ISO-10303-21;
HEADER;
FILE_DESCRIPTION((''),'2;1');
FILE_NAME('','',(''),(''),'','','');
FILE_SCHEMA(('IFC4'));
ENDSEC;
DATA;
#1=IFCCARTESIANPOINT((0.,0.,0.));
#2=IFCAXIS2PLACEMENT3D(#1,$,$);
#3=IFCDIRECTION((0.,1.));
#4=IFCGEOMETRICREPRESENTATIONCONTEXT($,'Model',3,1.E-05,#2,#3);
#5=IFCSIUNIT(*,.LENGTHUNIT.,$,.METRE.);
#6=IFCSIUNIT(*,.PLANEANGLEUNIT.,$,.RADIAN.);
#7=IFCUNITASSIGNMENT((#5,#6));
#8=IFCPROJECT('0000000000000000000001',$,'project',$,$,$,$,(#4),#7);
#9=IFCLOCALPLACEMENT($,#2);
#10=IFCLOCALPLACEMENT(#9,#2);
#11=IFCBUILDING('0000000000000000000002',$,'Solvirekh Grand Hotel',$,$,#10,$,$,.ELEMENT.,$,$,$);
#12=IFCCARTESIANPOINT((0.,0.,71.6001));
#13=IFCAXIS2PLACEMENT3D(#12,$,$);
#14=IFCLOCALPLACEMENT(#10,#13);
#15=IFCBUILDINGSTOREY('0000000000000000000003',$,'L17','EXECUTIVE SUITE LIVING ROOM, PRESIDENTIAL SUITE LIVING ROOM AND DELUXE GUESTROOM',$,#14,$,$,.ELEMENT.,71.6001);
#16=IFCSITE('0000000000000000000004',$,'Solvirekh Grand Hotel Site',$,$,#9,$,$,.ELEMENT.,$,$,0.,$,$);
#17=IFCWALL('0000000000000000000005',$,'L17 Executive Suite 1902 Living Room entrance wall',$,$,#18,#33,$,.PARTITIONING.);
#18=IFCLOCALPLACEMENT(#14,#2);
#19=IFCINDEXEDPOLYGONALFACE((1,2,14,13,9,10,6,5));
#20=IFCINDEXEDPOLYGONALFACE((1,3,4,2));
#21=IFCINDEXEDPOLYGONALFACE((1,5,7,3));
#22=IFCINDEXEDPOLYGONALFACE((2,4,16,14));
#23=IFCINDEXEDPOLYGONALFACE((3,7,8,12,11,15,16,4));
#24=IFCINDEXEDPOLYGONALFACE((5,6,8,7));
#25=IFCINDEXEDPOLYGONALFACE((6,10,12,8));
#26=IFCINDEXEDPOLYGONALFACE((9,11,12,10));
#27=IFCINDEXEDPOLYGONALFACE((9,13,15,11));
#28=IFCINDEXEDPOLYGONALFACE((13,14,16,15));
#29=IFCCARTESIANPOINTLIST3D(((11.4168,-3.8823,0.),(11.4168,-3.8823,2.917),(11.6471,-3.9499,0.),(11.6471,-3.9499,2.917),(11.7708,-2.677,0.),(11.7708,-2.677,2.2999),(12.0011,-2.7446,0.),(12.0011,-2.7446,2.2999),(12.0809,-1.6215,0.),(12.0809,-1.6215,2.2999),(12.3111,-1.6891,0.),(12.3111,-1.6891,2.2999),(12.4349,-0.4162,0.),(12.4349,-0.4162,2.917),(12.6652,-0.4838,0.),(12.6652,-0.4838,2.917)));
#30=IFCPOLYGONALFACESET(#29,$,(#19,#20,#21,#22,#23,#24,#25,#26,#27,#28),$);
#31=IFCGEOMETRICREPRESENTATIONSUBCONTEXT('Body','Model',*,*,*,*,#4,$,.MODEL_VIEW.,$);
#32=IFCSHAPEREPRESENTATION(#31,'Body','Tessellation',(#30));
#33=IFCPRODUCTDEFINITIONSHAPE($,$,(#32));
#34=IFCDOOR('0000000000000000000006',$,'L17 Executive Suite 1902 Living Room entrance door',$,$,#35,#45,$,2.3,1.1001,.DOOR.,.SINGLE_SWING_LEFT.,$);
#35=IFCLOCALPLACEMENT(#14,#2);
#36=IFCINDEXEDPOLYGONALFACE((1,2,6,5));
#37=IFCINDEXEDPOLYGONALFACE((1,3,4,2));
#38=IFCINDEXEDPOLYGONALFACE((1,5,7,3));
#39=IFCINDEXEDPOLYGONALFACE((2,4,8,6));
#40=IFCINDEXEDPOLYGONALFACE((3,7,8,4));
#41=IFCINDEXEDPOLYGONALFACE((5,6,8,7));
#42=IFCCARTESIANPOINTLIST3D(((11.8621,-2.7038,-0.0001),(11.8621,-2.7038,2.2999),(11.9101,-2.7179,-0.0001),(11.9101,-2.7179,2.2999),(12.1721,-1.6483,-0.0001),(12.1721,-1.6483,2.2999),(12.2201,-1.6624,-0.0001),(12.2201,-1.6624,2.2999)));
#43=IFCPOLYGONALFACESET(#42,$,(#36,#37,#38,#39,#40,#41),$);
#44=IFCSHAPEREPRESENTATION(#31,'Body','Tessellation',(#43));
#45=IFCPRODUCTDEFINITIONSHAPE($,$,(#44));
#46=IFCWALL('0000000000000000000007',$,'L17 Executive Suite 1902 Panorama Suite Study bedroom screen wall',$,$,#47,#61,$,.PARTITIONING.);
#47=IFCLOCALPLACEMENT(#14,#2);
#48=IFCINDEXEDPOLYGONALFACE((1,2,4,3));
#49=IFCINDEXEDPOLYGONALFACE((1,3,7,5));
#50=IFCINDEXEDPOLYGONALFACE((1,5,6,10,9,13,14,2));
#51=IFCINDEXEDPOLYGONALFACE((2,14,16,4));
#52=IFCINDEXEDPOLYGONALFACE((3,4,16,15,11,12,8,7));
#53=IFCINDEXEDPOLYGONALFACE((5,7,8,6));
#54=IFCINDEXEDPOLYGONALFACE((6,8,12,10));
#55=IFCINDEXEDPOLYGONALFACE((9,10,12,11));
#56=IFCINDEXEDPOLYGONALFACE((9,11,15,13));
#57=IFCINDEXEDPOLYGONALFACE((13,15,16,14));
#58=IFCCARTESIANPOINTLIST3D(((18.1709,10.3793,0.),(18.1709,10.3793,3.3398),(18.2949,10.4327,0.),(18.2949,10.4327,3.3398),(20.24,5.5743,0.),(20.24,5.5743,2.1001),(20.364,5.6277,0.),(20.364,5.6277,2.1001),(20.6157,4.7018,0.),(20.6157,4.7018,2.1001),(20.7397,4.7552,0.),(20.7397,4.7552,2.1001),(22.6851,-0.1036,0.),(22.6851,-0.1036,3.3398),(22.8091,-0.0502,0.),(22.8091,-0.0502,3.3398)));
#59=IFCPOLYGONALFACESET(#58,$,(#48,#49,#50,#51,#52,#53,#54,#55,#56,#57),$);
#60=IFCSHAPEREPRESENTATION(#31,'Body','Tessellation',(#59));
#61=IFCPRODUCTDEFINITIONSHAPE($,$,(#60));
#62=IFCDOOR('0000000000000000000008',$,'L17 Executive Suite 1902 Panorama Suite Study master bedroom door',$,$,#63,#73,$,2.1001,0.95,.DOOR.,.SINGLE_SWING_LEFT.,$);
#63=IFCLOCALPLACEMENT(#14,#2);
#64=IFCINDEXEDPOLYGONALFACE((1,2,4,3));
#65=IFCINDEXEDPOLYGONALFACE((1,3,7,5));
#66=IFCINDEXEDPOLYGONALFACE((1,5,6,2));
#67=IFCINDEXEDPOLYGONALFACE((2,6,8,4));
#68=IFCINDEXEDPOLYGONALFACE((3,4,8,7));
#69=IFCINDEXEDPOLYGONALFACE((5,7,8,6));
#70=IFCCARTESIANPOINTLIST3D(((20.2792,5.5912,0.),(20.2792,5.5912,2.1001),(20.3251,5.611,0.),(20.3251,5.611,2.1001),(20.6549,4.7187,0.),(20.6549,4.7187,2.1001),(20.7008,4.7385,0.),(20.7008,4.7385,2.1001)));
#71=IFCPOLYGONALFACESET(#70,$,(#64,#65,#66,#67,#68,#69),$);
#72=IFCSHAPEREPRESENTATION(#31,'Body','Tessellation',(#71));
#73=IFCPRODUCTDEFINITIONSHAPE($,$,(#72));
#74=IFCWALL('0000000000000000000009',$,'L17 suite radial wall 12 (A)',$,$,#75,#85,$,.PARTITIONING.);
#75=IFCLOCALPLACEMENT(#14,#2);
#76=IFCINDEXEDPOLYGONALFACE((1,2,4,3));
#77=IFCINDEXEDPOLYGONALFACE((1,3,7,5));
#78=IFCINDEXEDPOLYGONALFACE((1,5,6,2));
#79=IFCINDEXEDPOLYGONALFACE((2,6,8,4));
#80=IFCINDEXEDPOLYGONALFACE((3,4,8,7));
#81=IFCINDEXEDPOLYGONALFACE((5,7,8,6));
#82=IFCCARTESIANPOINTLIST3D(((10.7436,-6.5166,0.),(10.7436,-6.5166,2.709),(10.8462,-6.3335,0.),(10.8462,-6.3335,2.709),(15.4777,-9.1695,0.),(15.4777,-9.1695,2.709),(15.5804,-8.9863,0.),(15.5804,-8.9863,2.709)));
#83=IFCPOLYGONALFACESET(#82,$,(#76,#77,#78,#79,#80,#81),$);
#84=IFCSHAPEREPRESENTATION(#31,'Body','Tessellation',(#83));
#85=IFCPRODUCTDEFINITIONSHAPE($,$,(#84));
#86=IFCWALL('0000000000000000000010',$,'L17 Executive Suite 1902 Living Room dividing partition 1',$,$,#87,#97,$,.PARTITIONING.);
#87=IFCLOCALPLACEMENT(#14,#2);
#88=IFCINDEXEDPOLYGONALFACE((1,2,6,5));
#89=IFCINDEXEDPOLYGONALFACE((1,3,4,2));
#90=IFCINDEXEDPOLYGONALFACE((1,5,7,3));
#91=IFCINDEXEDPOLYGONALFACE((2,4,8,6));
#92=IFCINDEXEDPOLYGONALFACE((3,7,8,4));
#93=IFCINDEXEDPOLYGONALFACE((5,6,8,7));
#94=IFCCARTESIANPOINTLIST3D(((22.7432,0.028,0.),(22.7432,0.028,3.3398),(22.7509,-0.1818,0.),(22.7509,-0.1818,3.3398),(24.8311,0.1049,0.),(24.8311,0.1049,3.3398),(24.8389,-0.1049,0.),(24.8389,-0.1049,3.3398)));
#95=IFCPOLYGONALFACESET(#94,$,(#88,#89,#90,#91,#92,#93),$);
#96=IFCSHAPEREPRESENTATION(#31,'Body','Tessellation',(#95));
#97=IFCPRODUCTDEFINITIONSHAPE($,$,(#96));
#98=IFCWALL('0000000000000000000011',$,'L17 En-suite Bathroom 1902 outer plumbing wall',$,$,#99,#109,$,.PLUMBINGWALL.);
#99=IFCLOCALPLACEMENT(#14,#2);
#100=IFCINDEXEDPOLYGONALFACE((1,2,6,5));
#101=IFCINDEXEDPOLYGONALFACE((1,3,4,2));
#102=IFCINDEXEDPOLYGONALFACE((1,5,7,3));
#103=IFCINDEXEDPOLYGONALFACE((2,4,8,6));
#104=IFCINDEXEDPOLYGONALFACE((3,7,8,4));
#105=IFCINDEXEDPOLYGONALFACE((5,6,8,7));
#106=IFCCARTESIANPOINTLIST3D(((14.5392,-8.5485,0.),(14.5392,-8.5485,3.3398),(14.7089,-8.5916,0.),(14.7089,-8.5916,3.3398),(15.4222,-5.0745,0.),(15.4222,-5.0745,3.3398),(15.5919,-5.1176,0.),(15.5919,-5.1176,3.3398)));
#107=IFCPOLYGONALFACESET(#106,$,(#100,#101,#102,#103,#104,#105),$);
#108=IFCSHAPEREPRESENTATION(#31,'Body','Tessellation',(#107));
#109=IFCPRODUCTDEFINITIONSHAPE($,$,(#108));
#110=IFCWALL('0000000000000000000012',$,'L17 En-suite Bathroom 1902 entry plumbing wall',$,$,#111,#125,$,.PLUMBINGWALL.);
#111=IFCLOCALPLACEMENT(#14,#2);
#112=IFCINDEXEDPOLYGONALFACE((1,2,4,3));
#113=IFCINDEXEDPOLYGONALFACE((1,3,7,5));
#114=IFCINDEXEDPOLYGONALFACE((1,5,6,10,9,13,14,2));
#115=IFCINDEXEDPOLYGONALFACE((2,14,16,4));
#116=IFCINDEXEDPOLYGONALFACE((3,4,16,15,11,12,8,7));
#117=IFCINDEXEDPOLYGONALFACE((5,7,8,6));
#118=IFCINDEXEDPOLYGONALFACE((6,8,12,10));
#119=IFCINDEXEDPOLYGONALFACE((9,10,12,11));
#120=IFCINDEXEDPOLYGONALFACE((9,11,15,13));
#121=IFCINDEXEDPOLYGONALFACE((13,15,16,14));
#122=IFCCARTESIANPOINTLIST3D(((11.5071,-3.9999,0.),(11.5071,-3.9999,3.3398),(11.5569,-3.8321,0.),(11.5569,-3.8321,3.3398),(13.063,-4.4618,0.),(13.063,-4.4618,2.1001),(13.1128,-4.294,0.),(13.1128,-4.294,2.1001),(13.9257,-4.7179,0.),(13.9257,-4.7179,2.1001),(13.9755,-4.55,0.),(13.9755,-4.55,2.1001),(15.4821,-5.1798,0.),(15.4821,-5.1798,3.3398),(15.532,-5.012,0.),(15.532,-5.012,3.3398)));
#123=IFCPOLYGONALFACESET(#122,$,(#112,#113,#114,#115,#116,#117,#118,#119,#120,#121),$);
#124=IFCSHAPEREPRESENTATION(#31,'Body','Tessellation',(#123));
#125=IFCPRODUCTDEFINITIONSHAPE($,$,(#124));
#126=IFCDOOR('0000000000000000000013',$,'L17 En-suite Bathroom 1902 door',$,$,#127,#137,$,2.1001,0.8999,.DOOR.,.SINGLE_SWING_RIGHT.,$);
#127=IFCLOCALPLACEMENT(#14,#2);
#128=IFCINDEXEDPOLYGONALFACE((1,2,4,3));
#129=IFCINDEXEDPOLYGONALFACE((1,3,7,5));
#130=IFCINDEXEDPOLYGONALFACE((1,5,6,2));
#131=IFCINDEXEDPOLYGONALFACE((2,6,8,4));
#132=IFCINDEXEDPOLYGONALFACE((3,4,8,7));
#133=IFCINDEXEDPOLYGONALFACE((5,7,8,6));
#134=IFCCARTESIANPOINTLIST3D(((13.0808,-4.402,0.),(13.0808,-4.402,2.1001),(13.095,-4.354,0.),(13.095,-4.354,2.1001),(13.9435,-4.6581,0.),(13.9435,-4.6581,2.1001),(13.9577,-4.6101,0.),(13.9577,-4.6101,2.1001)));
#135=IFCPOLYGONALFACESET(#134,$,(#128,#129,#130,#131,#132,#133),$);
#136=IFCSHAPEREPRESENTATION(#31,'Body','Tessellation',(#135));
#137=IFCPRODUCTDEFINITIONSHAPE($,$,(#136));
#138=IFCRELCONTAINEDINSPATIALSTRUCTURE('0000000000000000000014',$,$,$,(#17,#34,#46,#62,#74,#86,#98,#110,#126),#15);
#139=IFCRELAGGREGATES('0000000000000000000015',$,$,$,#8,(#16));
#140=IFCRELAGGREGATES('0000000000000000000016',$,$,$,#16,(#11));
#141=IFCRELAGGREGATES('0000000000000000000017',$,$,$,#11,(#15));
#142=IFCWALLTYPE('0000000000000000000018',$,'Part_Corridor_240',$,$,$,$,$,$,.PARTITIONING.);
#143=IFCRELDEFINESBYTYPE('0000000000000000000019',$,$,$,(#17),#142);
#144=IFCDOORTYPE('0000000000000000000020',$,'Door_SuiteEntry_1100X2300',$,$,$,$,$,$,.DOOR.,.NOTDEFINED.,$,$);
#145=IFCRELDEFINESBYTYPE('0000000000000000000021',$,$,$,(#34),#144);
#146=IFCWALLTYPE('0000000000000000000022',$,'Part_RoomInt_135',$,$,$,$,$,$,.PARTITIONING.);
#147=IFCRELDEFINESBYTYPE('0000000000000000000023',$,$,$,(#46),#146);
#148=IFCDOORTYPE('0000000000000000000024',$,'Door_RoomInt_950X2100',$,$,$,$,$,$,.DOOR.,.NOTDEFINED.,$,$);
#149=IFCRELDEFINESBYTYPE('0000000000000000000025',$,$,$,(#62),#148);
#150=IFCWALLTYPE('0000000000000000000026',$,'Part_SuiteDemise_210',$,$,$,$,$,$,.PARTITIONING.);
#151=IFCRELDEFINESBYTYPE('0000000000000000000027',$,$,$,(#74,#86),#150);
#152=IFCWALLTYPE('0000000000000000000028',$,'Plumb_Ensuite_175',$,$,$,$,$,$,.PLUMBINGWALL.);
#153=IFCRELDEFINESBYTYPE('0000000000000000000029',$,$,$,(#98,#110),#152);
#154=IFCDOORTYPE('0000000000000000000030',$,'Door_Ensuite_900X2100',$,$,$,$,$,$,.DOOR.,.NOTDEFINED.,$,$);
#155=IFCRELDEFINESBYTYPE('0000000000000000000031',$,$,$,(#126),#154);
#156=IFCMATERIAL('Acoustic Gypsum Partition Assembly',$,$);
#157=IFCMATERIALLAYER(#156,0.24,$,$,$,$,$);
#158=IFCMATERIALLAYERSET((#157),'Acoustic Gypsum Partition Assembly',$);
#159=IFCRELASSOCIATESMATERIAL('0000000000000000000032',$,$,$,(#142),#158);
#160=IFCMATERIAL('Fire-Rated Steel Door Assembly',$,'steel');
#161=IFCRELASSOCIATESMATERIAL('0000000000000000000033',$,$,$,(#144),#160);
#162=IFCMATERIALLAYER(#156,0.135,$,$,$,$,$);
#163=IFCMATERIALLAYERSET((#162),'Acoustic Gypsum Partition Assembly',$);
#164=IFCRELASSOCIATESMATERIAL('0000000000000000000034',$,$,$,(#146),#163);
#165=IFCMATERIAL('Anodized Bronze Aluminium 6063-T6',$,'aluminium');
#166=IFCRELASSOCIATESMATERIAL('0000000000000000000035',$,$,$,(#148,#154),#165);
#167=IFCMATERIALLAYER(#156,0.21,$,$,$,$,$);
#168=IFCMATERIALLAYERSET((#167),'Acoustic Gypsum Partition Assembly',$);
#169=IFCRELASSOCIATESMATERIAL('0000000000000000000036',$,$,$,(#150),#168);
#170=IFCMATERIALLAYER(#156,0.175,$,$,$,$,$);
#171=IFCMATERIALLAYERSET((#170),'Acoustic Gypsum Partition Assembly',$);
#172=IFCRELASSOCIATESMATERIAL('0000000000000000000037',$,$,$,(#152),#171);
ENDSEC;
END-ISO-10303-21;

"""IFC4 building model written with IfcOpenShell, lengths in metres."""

from ifc_helpers import new_model, si_unit, direction, frame, frame_2d, origin, place, context, subcontext, project, spatial, rectangle, extrude, material, layer, layer_set, type_object, element, fill, save


model = new_model("IFC4")

# Units and contexts
model_context = context("Model", 3, precision=1e-05, world=origin(), true_north=direction((0.0, 1.0)))
body_context = subcontext(model_context, "Body", "Model", "MODEL_VIEW")
ifc_project = project(units=[si_unit("LENGTHUNIT", "METRE"), si_unit("PLANEANGLEUNIT", "RADIAN")], contexts=[model_context])

# Site, building, storey
site_placement = place(None, origin())
site = spatial("IfcSite", under=ifc_project, at=site_placement, Name="Solvirekh Grand Hotel Site", CompositionType="ELEMENT", RefElevation=0.0)
building_placement = place(site_placement, origin())
building = spatial("IfcBuilding", under=site, at=building_placement, Name="Solvirekh Grand Hotel", CompositionType="ELEMENT")
storey_placement = place(building_placement, frame((0.0, 0.0, 71.6001)))
storey = spatial("IfcBuildingStorey", under=building, at=storey_placement, Name="L17", Description="EXECUTIVE SUITE LIVING ROOM, PRESIDENTIAL SUITE LIVING ROOM AND DELUXE GUESTROOM", CompositionType="ELEMENT", Elevation=71.6001)

# Shared definitions
ifc_material_1 = material(Name="Anodized Bronze Aluminium 6063-T6", Category="aluminium")

# Shared definitions
ifc_material_2 = material(Name="Acoustic Gypsum Partition Assembly")
ifc_layer_1 = layer(ifc_material_2, 0.24)
ifc_layer_set_1 = layer_set([ifc_layer_1], Name="Acoustic Gypsum Partition Assembly")
wall_type_1 = type_object("IfcWallType", Name="Part_Corridor_240", PredefinedType="PARTITIONING", material=ifc_layer_set_1)

# Walls, openings, doors
wall_1_placement = place(storey_placement, frame((11.532, -3.916, 0.0), z_axis=(0.0, 0.0, 1.0), x_axis=(0.281819, 0.959468, 0.0)))
wall_1 = element("IfcWall", 1, at=wall_1_placement, inside=storey, type_object=wall_type_1, Name="L17 Executive Suite 1902 Living Room entrance wall", PredefinedType="PARTITIONING", context=body_context, shape_type="SweptSolid", body=[
    extrude(rectangle(XDim=3.6125, YDim=0.24, at=frame_2d((1.8062, 0.0))), origin(), (0.0, 0.0, 1.0), 2.917),
])
opening_1_placement = place(wall_1_placement, frame((1.2561, 0.0, 0.0)))
opening_1 = element("IfcOpeningElement", 2, at=opening_1_placement, cuts=wall_1, PredefinedType="OPENING", context=body_context, shape_type="SweptSolid", body=[
    extrude(rectangle(XDim=1.1001, YDim=2.3, at=frame_2d((0.55, 1.1499))), frame((0.0, 0.1299, 0.0), z_axis=(0.0, -1.0, 0.0), x_axis=(1.0, 0.0, 0.0)), (0.0, 0.0, 1.0), 0.26),
])
ifc_material_3 = material(Name="Fire-Rated Steel Door Assembly", Category="steel")
door_type_1 = type_object("IfcDoorType", Name="Door_SuiteEntry_1100X2300", OperationType="NOTDEFINED", PredefinedType="DOOR", material=ifc_material_3)
door_1_placement = place(opening_1_placement, origin())
door_1 = element("IfcDoor", 3, at=door_1_placement, inside=storey, type_object=door_type_1, Name="L17 Executive Suite 1902 Living Room entrance door", OperationType="SINGLE_SWING_LEFT", OverallHeight=2.3, OverallWidth=1.1001, PredefinedType="DOOR", context=body_context, shape_type="SweptSolid", body=[
    extrude(rectangle(XDim=1.1001, YDim=2.3, at=frame_2d((0.55, 1.1499))), frame((0.0, 0.0249, 0.0), z_axis=(0.0, -1.0, 0.0), x_axis=(1.0, 0.0, 0.0)), (0.0, 0.0, 1.0), 0.05),
])
fill(opening_1, door_1)
ifc_layer_2 = layer(ifc_material_2, 0.135)
ifc_layer_set_2 = layer_set([ifc_layer_2], Name="Acoustic Gypsum Partition Assembly")
wall_type_2 = type_object("IfcWallType", Name="Part_RoomInt_135", PredefinedType="PARTITIONING", material=ifc_layer_set_2)
wall_2_placement = place(storey_placement, frame((22.7471, -0.0769, 0.0), z_axis=(0.0, 0.0, 1.0), x_axis=(-0.395509, 0.918462, 0.0)))
wall_2 = element("IfcWall", 4, at=wall_2_placement, inside=storey, type_object=wall_type_2, Name="L17 Executive Suite 1902 Panorama Suite Study bedroom screen wall", PredefinedType="PARTITIONING", context=body_context, shape_type="SweptSolid", body=[
    extrude(rectangle(XDim=11.4136, YDim=0.135, at=frame_2d((5.7068, 0.0))), origin(), (0.0, 0.0, 1.0), 3.3398),
])
opening_2_placement = place(wall_2_placement, frame((5.2319, 0.0, 0.0)))
opening_2 = element("IfcOpeningElement", 5, at=opening_2_placement, cuts=wall_2, PredefinedType="OPENING", context=body_context, shape_type="SweptSolid", body=[
    extrude(rectangle(XDim=0.95, YDim=2.1001, at=frame_2d((0.4751, 1.05))), frame((0.0, 0.0776, 0.0), z_axis=(0.0, -1.0, 0.0), x_axis=(1.0, 0.0, 0.0)), (0.0, 0.0, 1.0), 0.155),
])
door_type_2 = type_object("IfcDoorType", Name="Door_RoomInt_950X2100", OperationType="NOTDEFINED", PredefinedType="DOOR", material=ifc_material_1)
door_2_placement = place(opening_2_placement, origin())
door_2 = element("IfcDoor", 6, at=door_2_placement, inside=storey, type_object=door_type_2, Name="L17 Executive Suite 1902 Panorama Suite Study master bedroom door", OperationType="SINGLE_SWING_LEFT", OverallHeight=2.1001, OverallWidth=0.95, PredefinedType="DOOR", context=body_context, shape_type="SweptSolid", body=[
    extrude(rectangle(XDim=0.95, YDim=2.1001, at=frame_2d((0.4751, 1.05))), frame((0.0, 0.0249, 0.0), z_axis=(0.0, -1.0, 0.0), x_axis=(1.0, 0.0, 0.0)), (0.0, 0.0, 1.0), 0.05),
])
fill(opening_2, door_2)

# Walls
ifc_layer_3 = layer(ifc_material_2, 0.21)
ifc_layer_set_3 = layer_set([ifc_layer_3], Name="Acoustic Gypsum Partition Assembly")
wall_type_3 = type_object("IfcWallType", Name="Part_SuiteDemise_210", PredefinedType="PARTITIONING", material=ifc_layer_set_3)
wall_3_placement = place(storey_placement, frame((10.7949, -6.425, 0.0), z_axis=(0.0, 0.0, 1.0), x_axis=(0.872371, -0.488844, 0.0)))
element("IfcWall", 7, at=wall_3_placement, inside=storey, type_object=wall_type_3, Name="L17 suite radial wall 12 (A)", PredefinedType="PARTITIONING", context=body_context, shape_type="SweptSolid", body=[
    extrude(rectangle(XDim=5.4268, YDim=0.21, at=frame_2d((2.7134, 0.0))), origin(), (0.0, 0.0, 1.0), 2.709),
])
wall_4_placement = place(storey_placement, frame((22.7471, -0.0769, 0.0), z_axis=(0.0, 0.0, 1.0), x_axis=(0.999322, 0.036809, 0.0)))
element("IfcWall", 8, at=wall_4_placement, inside=storey, type_object=wall_type_3, Name="L17 Executive Suite 1902 Living Room dividing partition 1", PredefinedType="PARTITIONING", context=body_context, shape_type="SweptSolid", body=[
    extrude(rectangle(XDim=2.0894, YDim=0.21, at=frame_2d((1.0447, 0.0))), origin(), (0.0, 0.0, 1.0), 3.3398),
])
ifc_layer_4 = layer(ifc_material_2, 0.175)
ifc_layer_set_4 = layer_set([ifc_layer_4], Name="Acoustic Gypsum Partition Assembly")
wall_type_4 = type_object("IfcWallType", Name="Plumb_Ensuite_175", PredefinedType="PLUMBINGWALL", material=ifc_layer_set_4)
wall_5_placement = place(storey_placement, frame((14.624, -8.5701, 0.0), z_axis=(0.0, 0.0, 1.0), x_axis=(0.246348, 0.969181, 0.0)))
element("IfcWall", 9, at=wall_5_placement, inside=storey, type_object=wall_type_4, Name="L17 En-suite Bathroom 1902 outer plumbing wall", PredefinedType="PLUMBINGWALL", context=body_context, shape_type="SweptSolid", body=[
    extrude(rectangle(XDim=3.5845, YDim=0.175, at=frame_2d((1.7922, 0.0))), origin(), (0.0, 0.0, 1.0), 3.3398),
])

# Wall, opening, door
wall_6_placement = place(storey_placement, frame((11.532, -3.916, 0.0), z_axis=(0.0, 0.0, 1.0), x_axis=(0.958658, -0.284559, 0.0)))
wall_6 = element("IfcWall", 10, at=wall_6_placement, inside=storey, type_object=wall_type_4, Name="L17 En-suite Bathroom 1902 entry plumbing wall", PredefinedType="PLUMBINGWALL", context=body_context, shape_type="SweptSolid", body=[
    extrude(rectangle(XDim=4.1465, YDim=0.175, at=frame_2d((2.0732, 0.0))), origin(), (0.0, 0.0, 1.0), 3.3398),
])
opening_3_placement = place(wall_6_placement, frame((1.623, 0.0, 0.0)))
opening_3 = element("IfcOpeningElement", 11, at=opening_3_placement, cuts=wall_6, PredefinedType="OPENING", context=body_context, shape_type="SweptSolid", body=[
    extrude(rectangle(XDim=0.8999, YDim=2.1001, at=frame_2d((0.45, 1.05))), frame((0.0, 0.0977, 0.0), z_axis=(0.0, -1.0, 0.0), x_axis=(1.0, 0.0, 0.0)), (0.0, 0.0, 1.0), 0.1951),
])
door_type_3 = type_object("IfcDoorType", Name="Door_Ensuite_900X2100", OperationType="NOTDEFINED", PredefinedType="DOOR", material=ifc_material_1)
door_3_placement = place(opening_3_placement, origin())
door_3 = element("IfcDoor", 12, at=door_3_placement, inside=storey, type_object=door_type_3, Name="L17 En-suite Bathroom 1902 door", OperationType="SINGLE_SWING_RIGHT", OverallHeight=2.1001, OverallWidth=0.8999, PredefinedType="DOOR", context=body_context, shape_type="SweptSolid", body=[
    extrude(rectangle(XDim=0.8999, YDim=2.1001, at=frame_2d((0.45, 1.05))), frame((0.0, 0.0249, 0.0), z_axis=(0.0, -1.0, 0.0), x_axis=(1.0, 0.0, 0.0)), (0.0, 0.0, 1.0), 0.05),
])
fill(opening_3, door_3)

save(model, "model.ifc")
